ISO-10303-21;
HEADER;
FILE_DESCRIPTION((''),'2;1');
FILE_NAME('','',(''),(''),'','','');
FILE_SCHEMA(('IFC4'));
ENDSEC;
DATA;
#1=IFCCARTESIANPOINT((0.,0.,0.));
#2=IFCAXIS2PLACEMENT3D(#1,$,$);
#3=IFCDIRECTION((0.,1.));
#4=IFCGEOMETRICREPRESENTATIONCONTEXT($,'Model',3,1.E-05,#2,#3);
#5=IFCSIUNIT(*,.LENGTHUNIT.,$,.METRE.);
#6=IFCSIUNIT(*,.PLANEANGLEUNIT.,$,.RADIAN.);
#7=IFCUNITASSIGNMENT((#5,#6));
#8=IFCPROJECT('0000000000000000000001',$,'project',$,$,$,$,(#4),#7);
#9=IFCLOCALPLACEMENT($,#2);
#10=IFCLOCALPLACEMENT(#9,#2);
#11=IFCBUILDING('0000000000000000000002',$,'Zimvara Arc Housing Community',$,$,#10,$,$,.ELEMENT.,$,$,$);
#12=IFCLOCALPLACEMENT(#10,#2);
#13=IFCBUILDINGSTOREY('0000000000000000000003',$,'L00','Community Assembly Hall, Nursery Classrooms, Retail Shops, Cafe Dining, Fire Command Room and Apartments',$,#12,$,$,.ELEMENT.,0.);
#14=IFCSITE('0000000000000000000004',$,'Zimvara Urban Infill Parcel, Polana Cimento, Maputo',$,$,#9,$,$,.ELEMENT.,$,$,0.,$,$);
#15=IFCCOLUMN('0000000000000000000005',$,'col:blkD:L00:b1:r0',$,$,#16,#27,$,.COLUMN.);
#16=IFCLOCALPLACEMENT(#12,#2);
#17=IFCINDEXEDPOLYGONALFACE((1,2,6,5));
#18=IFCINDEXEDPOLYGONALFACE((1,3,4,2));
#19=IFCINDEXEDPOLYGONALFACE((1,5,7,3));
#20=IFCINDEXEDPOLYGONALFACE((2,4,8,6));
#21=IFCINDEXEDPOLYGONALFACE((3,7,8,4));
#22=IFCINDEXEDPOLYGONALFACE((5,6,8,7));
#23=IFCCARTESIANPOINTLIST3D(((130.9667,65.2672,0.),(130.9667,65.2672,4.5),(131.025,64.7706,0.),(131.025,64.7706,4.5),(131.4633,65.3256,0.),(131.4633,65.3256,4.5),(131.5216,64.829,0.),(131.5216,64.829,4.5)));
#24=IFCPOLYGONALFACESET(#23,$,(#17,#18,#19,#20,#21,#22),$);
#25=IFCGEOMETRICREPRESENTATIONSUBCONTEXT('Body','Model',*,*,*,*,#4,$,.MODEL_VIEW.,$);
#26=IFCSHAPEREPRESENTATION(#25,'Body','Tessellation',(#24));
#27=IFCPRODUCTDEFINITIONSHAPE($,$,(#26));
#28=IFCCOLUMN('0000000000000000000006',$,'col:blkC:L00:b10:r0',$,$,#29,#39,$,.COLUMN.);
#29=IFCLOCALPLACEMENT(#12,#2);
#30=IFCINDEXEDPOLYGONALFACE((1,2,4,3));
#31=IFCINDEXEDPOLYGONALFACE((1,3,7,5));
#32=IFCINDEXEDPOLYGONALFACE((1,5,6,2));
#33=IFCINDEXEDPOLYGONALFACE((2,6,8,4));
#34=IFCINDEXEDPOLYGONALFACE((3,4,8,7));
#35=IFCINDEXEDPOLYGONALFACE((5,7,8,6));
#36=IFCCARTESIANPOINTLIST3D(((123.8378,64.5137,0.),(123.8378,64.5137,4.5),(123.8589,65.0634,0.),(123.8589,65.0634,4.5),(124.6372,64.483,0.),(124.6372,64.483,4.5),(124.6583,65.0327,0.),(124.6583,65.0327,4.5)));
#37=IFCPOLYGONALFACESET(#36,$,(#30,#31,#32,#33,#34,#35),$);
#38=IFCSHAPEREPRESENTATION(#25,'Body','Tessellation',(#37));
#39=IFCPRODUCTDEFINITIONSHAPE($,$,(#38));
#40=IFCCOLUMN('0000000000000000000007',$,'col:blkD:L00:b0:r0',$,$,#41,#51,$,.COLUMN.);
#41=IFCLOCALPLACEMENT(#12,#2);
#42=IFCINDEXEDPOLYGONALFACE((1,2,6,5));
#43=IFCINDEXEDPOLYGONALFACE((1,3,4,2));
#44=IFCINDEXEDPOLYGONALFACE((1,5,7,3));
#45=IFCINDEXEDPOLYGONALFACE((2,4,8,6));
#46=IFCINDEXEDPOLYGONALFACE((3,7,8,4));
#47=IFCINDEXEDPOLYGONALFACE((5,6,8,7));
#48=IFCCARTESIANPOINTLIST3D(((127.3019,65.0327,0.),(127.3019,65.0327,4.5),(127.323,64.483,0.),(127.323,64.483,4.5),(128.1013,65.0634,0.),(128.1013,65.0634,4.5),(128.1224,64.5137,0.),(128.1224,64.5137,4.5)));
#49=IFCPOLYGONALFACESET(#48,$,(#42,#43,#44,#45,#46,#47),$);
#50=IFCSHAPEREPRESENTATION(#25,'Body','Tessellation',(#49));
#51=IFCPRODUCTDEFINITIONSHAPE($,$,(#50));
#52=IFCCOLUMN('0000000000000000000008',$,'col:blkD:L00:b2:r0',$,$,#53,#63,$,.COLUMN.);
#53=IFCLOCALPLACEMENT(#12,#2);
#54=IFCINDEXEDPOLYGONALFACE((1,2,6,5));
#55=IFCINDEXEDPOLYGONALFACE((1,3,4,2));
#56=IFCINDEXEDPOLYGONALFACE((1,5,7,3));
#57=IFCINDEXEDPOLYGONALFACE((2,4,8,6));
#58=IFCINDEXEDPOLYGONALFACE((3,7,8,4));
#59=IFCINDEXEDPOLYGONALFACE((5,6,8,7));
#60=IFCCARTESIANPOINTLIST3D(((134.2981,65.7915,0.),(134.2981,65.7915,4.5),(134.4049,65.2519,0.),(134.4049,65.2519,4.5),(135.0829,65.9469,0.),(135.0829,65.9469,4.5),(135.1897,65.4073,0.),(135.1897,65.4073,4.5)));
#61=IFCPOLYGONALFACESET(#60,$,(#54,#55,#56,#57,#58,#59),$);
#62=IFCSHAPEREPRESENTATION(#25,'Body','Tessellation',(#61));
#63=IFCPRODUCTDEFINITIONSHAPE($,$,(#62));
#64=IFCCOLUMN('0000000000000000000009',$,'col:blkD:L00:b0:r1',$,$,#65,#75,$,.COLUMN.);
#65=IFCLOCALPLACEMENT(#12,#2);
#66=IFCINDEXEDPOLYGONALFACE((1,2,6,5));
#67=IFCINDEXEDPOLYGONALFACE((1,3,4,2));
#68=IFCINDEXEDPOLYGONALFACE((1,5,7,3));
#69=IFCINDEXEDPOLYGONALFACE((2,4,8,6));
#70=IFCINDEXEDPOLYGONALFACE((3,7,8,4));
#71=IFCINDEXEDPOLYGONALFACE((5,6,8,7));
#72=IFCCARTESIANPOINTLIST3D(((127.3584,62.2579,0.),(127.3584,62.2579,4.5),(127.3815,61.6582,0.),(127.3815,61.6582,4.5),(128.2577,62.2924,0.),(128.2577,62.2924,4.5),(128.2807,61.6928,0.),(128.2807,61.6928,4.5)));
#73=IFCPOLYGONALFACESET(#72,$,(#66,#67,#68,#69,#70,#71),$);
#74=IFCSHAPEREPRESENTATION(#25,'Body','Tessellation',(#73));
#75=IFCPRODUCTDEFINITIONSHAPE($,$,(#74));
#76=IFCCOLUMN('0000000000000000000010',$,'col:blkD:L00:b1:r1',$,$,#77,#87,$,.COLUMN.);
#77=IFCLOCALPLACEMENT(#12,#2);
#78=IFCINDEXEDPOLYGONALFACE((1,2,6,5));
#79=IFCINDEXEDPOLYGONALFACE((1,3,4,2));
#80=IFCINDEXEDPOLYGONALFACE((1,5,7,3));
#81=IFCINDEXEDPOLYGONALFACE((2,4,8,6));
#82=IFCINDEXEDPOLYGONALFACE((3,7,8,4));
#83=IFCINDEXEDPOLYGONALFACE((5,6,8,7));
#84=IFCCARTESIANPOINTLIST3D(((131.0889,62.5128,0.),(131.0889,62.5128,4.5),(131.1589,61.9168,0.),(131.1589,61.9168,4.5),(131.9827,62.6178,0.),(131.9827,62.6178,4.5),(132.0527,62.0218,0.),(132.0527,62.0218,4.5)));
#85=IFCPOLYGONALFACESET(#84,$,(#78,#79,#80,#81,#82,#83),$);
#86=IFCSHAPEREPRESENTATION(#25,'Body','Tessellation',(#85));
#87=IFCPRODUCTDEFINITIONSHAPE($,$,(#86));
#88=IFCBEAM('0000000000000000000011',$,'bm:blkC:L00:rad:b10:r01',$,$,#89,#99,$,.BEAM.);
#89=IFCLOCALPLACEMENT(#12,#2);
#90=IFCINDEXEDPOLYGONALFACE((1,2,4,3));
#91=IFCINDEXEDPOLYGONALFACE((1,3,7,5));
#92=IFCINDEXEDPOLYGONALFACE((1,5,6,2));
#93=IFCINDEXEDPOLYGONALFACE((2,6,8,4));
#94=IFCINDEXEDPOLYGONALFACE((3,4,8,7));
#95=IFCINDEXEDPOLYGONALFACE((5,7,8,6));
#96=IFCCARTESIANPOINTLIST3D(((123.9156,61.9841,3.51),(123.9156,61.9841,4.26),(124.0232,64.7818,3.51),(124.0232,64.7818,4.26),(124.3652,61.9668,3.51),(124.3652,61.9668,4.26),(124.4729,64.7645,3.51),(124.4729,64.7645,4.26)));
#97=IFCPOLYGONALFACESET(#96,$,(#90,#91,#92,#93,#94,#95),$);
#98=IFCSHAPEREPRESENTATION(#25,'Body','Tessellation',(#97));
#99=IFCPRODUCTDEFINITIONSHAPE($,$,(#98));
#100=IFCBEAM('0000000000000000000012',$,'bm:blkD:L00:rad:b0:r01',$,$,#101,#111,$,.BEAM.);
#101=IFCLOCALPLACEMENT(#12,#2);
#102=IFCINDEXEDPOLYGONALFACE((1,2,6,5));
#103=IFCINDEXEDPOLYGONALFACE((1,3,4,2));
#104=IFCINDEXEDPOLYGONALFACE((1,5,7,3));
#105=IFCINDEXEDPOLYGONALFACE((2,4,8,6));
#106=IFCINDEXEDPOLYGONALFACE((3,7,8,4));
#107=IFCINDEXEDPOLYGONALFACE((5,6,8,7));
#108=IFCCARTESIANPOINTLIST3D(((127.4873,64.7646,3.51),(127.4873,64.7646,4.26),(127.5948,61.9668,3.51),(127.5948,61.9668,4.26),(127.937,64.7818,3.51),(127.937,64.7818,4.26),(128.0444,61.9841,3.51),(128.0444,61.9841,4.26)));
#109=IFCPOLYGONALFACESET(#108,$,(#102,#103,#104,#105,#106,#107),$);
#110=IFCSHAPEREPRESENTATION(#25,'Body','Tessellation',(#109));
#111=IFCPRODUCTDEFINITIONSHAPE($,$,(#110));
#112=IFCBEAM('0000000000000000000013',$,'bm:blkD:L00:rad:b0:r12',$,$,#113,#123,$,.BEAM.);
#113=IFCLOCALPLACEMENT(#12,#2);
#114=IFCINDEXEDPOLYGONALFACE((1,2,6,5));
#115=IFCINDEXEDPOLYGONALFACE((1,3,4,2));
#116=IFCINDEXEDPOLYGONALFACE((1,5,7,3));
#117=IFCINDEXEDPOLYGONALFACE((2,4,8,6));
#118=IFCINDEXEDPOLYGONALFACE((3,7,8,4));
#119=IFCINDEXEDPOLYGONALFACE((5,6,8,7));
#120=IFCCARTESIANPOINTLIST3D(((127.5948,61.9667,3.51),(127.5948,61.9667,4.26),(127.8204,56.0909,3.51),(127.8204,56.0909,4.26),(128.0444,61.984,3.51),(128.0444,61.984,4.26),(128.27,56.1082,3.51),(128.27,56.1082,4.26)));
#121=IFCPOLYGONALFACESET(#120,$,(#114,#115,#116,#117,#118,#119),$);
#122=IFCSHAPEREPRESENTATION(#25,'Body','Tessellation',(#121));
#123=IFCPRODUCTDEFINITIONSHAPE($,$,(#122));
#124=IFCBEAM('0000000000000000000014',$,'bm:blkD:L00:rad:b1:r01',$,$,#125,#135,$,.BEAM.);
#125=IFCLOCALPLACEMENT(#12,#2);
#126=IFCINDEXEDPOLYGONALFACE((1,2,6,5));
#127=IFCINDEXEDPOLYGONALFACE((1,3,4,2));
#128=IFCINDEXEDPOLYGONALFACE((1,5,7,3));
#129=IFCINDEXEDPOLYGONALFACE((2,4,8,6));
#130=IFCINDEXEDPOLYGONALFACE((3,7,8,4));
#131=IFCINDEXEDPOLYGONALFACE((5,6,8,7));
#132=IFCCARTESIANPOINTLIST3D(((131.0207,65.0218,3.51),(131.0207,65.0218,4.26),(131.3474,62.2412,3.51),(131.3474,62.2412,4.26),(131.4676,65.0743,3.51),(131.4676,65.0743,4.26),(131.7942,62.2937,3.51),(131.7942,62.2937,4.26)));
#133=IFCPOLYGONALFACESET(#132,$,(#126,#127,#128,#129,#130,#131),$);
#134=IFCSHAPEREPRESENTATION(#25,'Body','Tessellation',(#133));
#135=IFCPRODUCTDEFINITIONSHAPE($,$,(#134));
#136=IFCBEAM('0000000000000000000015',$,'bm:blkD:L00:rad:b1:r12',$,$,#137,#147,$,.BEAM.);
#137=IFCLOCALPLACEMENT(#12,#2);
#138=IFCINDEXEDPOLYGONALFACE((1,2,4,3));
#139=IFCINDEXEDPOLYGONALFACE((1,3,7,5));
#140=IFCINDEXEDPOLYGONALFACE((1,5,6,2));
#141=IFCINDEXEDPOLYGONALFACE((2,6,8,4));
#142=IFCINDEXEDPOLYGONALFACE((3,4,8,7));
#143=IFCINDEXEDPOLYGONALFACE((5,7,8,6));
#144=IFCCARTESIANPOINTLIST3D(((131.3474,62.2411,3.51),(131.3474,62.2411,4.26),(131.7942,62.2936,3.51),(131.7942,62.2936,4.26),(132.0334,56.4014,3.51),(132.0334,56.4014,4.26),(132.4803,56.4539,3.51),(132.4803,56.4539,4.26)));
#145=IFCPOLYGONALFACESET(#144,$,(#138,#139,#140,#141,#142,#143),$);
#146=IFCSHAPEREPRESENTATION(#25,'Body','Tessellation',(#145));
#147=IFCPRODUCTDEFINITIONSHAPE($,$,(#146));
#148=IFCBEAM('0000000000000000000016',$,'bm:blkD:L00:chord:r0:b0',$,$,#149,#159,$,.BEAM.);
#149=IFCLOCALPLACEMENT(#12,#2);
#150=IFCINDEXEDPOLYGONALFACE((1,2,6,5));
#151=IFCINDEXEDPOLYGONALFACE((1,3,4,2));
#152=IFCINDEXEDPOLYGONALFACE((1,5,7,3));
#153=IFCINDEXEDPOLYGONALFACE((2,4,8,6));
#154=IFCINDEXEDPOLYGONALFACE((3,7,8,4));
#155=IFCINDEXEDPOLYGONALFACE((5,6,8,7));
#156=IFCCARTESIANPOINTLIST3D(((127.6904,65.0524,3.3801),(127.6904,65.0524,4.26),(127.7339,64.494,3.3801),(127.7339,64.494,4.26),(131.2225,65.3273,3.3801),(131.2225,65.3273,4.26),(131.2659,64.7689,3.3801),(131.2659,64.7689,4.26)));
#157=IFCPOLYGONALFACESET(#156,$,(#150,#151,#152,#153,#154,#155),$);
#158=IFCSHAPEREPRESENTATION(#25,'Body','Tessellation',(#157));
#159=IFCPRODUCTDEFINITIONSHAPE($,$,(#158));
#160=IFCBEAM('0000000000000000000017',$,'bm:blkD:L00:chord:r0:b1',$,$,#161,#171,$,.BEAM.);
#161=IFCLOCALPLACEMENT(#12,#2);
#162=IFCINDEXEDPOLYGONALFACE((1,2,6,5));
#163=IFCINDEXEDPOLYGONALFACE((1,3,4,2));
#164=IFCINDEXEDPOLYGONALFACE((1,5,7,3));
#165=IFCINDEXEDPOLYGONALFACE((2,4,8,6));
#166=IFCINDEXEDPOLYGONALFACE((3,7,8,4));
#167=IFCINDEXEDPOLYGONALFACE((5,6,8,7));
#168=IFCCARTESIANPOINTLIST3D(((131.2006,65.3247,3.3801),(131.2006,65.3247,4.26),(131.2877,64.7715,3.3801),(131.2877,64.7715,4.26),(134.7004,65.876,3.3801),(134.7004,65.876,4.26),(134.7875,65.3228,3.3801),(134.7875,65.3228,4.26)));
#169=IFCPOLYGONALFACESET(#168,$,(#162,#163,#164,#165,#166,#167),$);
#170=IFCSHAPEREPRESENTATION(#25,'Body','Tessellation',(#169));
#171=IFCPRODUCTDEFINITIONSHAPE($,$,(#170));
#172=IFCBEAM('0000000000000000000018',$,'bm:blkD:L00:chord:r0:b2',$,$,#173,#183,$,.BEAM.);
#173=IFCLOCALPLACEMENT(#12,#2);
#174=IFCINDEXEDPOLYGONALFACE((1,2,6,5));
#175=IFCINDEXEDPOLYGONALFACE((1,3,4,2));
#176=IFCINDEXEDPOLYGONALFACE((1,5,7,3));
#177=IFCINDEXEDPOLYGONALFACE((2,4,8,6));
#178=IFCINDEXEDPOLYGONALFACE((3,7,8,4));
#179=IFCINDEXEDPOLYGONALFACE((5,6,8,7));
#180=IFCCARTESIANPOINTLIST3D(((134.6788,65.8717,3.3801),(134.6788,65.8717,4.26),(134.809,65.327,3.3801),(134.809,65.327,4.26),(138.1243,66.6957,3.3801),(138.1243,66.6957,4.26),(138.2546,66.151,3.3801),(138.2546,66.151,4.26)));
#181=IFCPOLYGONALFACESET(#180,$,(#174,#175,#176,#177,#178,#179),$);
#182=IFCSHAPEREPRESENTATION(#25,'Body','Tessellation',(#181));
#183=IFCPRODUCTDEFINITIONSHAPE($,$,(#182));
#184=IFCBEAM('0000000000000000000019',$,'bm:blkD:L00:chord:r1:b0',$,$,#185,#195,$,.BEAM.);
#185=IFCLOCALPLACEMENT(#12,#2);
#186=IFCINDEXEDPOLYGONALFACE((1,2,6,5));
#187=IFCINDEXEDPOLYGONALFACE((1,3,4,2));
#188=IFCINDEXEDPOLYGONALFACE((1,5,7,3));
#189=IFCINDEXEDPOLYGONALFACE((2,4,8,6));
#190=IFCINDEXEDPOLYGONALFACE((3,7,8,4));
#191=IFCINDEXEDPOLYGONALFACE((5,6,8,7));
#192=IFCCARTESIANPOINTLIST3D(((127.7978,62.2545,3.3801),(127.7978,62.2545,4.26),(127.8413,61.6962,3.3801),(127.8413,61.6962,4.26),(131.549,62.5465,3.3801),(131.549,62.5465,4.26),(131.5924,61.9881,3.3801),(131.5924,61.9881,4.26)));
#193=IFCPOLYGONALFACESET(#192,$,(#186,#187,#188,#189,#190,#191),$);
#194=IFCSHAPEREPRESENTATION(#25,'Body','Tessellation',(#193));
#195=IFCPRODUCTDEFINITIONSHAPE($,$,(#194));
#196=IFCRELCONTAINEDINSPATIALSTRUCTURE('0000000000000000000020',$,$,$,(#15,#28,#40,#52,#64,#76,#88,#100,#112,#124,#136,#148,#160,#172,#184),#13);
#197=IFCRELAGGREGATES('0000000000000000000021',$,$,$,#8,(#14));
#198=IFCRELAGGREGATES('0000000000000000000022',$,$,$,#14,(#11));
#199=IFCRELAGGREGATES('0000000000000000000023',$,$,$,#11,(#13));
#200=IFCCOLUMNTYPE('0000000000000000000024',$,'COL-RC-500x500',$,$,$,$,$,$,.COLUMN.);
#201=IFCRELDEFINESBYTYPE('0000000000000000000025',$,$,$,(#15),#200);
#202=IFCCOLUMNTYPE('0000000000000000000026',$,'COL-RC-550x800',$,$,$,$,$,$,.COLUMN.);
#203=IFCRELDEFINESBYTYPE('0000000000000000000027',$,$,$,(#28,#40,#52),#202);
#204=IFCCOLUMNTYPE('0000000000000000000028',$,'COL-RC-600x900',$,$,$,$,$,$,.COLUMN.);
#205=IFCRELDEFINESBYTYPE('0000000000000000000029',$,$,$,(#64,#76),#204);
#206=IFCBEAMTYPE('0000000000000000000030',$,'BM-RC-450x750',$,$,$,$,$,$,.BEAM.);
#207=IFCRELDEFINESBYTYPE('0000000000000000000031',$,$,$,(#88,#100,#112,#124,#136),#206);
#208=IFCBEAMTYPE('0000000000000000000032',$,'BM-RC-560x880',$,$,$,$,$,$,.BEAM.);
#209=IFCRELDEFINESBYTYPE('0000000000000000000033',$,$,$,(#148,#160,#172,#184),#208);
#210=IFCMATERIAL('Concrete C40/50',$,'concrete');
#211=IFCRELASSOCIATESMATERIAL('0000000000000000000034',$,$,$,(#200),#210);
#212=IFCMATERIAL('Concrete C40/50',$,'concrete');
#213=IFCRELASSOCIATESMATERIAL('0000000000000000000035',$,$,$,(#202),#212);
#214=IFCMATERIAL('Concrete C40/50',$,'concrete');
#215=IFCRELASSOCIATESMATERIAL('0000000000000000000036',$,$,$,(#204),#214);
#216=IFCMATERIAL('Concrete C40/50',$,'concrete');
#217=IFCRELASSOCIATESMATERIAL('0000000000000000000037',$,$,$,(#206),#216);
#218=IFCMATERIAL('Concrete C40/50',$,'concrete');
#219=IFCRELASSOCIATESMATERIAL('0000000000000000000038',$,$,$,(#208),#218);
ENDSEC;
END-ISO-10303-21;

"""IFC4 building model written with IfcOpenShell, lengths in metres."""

from ifc_helpers import new_model, si_unit, direction, frame, origin, origin_2d, place, context, subcontext, project, spatial, rectangle, extrude, material, material_profile, profile_set, type_object, element, save


model = new_model("IFC4")

# Units and contexts
model_context = context("Model", 3, precision=1e-05, world=origin(), true_north=direction((0.0, 1.0)))
body_context = subcontext(model_context, "Body", "Model", "MODEL_VIEW")
ifc_project = project(units=[si_unit("LENGTHUNIT", "METRE"), si_unit("PLANEANGLEUNIT", "RADIAN")], contexts=[model_context])

# Site, building, storey
site_placement = place(None, origin())
site = spatial("IfcSite", under=ifc_project, at=site_placement, Name="Zimvara Urban Infill Parcel, Polana Cimento, Maputo", CompositionType="ELEMENT", RefElevation=0.0)
building_placement = place(site_placement, origin())
building = spatial("IfcBuilding", under=site, at=building_placement, Name="Zimvara Arc Housing Community", CompositionType="ELEMENT")
storey_placement = place(building_placement, origin())
storey = spatial("IfcBuildingStorey", under=building, at=storey_placement, Name="L00", Description="Community Assembly Hall, Nursery Classrooms, Retail Shops, Cafe Dining, Fire Command Room and Apartments", CompositionType="ELEMENT", Elevation=0.0)

# Columns
ifc_material_1 = material(Name="Concrete C40/50", Category="concrete")
ifc_material_profile_1 = material_profile(ifc_material_1, rectangle(XDim=0.5, YDim=0.5, at=origin_2d()), Name="RC 500x500")
ifc_profile_set_1 = profile_set([ifc_material_profile_1], Name="Concrete C40/50")
column_type_1 = type_object("IfcColumnType", Name="COL-RC-500x500", PredefinedType="COLUMN", material=ifc_profile_set_1)
column_placement = place(storey_placement, frame((131.2441, 65.0481, 0.0), z_axis=(0.0, 0.0, 1.0), x_axis=(0.116671, -0.993171, 0.0)))
element("IfcColumn", 1, at=column_placement, inside=storey, type_object=column_type_1, Name="col:blkD:L00:b1:r0", PredefinedType="COLUMN", context=body_context, shape_type="SweptSolid", body=[
    extrude(rectangle(XDim=0.5, YDim=0.5, at=origin_2d()), origin(), (0.0, 0.0, 1.0), 4.5),
])
ifc_material_2 = material(Name="Concrete C40/50", Category="concrete")
ifc_material_profile_2 = material_profile(ifc_material_2, rectangle(XDim=0.55, YDim=0.8, at=origin_2d()), Name="RC 550x800")
ifc_profile_set_2 = profile_set([ifc_material_profile_2], Name="Concrete C40/50")
column_type_2 = type_object("IfcColumnType", Name="COL-RC-550x800", PredefinedType="COLUMN", material=ifc_profile_set_2)
for number, where, z_axis, x_axis, name in (
    (2, (124.248, 64.7732, 0.0), (0.0, 0.0, 1.0), (-0.038388, -0.999263, 0.0), "col:blkC:L00:b10:r0"),
    (3, (127.7122, 64.7732, 0.0), (0.0, 0.0, 1.0), (0.038388, -0.999263, 0.0), "col:blkD:L00:b0:r0"),
    (4, (134.7439, 65.5994, 0.0), (0.0, 0.0, 1.0), (0.194234, -0.980955, 0.0), "col:blkD:L00:b2:r0"),
):
    element("IfcColumn", number, at=place(storey_placement, frame(where, z_axis=z_axis, x_axis=x_axis)), inside=storey, type_object=column_type_2, Name=name, PredefinedType="COLUMN", context=body_context, shape_type="SweptSolid", body=[
        extrude(rectangle(XDim=0.55, YDim=0.8, at=origin_2d()), origin(), (0.0, 0.0, 1.0), 4.5),
    ])
ifc_material_3 = material(Name="Concrete C40/50", Category="concrete")
ifc_material_profile_3 = material_profile(ifc_material_3, rectangle(XDim=0.6001, YDim=0.8999, at=origin_2d()), Name="RC 600x900")
ifc_profile_set_3 = profile_set([ifc_material_profile_3], Name="Concrete C40/50")
column_type_3 = type_object("IfcColumnType", Name="COL-RC-600x900", PredefinedType="COLUMN", material=ifc_profile_set_3)
for number, where, z_axis, x_axis, name in (
    (5, (127.8196, 61.9753, 0.0), (0.0, 0.0, 1.0), (0.038388, -0.999263, 0.0), "col:blkD:L00:b0:r1"),
    (6, (131.5708, 62.2673, 0.0), (0.0, 0.0, 1.0), (0.116671, -0.993171, 0.0), "col:blkD:L00:b1:r1"),
):
    element("IfcColumn", number, at=place(storey_placement, frame(where, z_axis=z_axis, x_axis=x_axis)), inside=storey, type_object=column_type_3, Name=name, PredefinedType="COLUMN", context=body_context, shape_type="SweptSolid", body=[
        extrude(rectangle(XDim=0.6001, YDim=0.8999, at=origin_2d()), origin(), (0.0, 0.0, 1.0), 4.5),
    ])

# Beams
ifc_material_4 = material(Name="Concrete C40/50", Category="concrete")
ifc_material_profile_4 = material_profile(ifc_material_4, rectangle(XDim=0.45, YDim=0.75, at=origin_2d()), Name="RC 450x750")
ifc_profile_set_4 = profile_set([ifc_material_profile_4], Name="Concrete C40/50")
beam_type_1 = type_object("IfcBeamType", Name="BM-RC-450x750", PredefinedType="BEAM", material=ifc_profile_set_4)
for number, where, z_axis, x_axis, name in (
    (7, (124.248, 64.7732, 3.885), (-0.038453, -0.99926, 0.0), (0.99926, -0.038453, 0.0), "bm:blkC:L00:rad:b10:r01"),
    (8, (127.7122, 64.7732, 3.885), (0.038366, -0.999264, 0.0), (0.999264, 0.038366, 0.0), "bm:blkD:L00:rad:b0:r01"),
):
    element("IfcBeam", number, at=place(storey_placement, frame(where, z_axis=z_axis, x_axis=x_axis)), inside=storey, type_object=beam_type_1, Name=name, PredefinedType="BEAM", context=body_context, shape_type="SweptSolid", body=[
        extrude(rectangle(XDim=0.45, YDim=0.75, at=origin_2d()), origin(), (0.0, 0.0, 1.0), 2.7998),
    ])
beam_1_placement = place(storey_placement, frame((127.8196, 61.9753, 3.885), z_axis=(0.038365, -0.999264, 0.0), x_axis=(0.999264, 0.038365, 0.0)))
element("IfcBeam", 9, at=beam_1_placement, inside=storey, type_object=beam_type_1, Name="bm:blkD:L00:rad:b0:r12", PredefinedType="BEAM", context=body_context, shape_type="SweptSolid", body=[
    extrude(rectangle(XDim=0.45, YDim=0.75, at=origin_2d()), origin(), (0.0, 0.0, 1.0), 5.8801),
])
beam_2_placement = place(storey_placement, frame((131.2441, 65.0481, 3.885), z_axis=(0.116669, -0.993171, 0.0), x_axis=(0.993171, 0.116669, 0.0)))
element("IfcBeam", 10, at=beam_2_placement, inside=storey, type_object=beam_type_1, Name="bm:blkD:L00:rad:b1:r01", PredefinedType="BEAM", context=body_context, shape_type="SweptSolid", body=[
    extrude(rectangle(XDim=0.45, YDim=0.75, at=origin_2d()), origin(), (0.0, 0.0, 1.0), 2.7998),
])
beam_3_placement = place(storey_placement, frame((131.5708, 62.2673, 3.885), z_axis=(0.116673, -0.99317, 0.0), x_axis=(0.99317, 0.116673, 0.0)))
element("IfcBeam", 11, at=beam_3_placement, inside=storey, type_object=beam_type_1, Name="bm:blkD:L00:rad:b1:r12", PredefinedType="BEAM", context=body_context, shape_type="SweptSolid", body=[
    extrude(rectangle(XDim=0.45, YDim=0.75, at=origin_2d()), origin(), (0.0, 0.0, 1.0), 5.8799),
])
ifc_material_5 = material(Name="Concrete C40/50", Category="concrete")
ifc_material_profile_5 = material_profile(ifc_material_5, rectangle(XDim=0.5601, YDim=0.8799, at=origin_2d()), Name="RC 560x880")
ifc_profile_set_5 = profile_set([ifc_material_profile_5], Name="Concrete C40/50")
beam_type_2 = type_object("IfcBeamType", Name="BM-RC-560x880", PredefinedType="BEAM", material=ifc_profile_set_5)
beam_4_placement = place(storey_placement, frame((127.7122, 64.7732, 3.8201), z_axis=(0.996985, 0.077598, 0.0), x_axis=(-0.077598, 0.996985, 0.0)))
element("IfcBeam", 12, at=beam_4_placement, inside=storey, type_object=beam_type_2, Name="bm:blkD:L00:chord:r0:b0", PredefinedType="BEAM", context=body_context, shape_type="SweptSolid", body=[
    extrude(rectangle(XDim=0.5601, YDim=0.8799, at=origin_2d()), origin(), (0.0, 0.0, 1.0), 3.5427),
])
beam_5_placement = place(storey_placement, frame((131.2441, 65.0481, 3.8201), z_axis=(0.98782, 0.155598, 0.0), x_axis=(-0.155598, 0.98782, 0.0)))
element("IfcBeam", 13, at=beam_5_placement, inside=storey, type_object=beam_type_2, Name="bm:blkD:L00:chord:r0:b1", PredefinedType="BEAM", context=body_context, shape_type="SweptSolid", body=[
    extrude(rectangle(XDim=0.5601, YDim=0.8799, at=origin_2d()), origin(), (0.0, 0.0, 1.0), 3.543),
])
beam_6_placement = place(storey_placement, frame((134.7439, 65.5994, 3.8201), z_axis=(0.972577, 0.232583, 0.0), x_axis=(-0.232583, 0.972577, 0.0)))
element("IfcBeam", 14, at=beam_6_placement, inside=storey, type_object=beam_type_2, Name="bm:blkD:L00:chord:r0:b2", PredefinedType="BEAM", context=body_context, shape_type="SweptSolid", body=[
    extrude(rectangle(XDim=0.5601, YDim=0.8799, at=origin_2d()), origin(), (0.0, 0.0, 1.0), 3.5427),
])
beam_7_placement = place(storey_placement, frame((127.8196, 61.9753, 3.8201), z_axis=(0.996984, 0.077604, 0.0), x_axis=(-0.077604, 0.996984, 0.0)))
element("IfcBeam", 15, at=beam_7_placement, inside=storey, type_object=beam_type_2, Name="bm:blkD:L00:chord:r1:b0", PredefinedType="BEAM", context=body_context, shape_type="SweptSolid", body=[
    extrude(rectangle(XDim=0.5601, YDim=0.8799, at=origin_2d()), origin(), (0.0, 0.0, 1.0), 3.7625),
])

save(model, "model.ifc")
